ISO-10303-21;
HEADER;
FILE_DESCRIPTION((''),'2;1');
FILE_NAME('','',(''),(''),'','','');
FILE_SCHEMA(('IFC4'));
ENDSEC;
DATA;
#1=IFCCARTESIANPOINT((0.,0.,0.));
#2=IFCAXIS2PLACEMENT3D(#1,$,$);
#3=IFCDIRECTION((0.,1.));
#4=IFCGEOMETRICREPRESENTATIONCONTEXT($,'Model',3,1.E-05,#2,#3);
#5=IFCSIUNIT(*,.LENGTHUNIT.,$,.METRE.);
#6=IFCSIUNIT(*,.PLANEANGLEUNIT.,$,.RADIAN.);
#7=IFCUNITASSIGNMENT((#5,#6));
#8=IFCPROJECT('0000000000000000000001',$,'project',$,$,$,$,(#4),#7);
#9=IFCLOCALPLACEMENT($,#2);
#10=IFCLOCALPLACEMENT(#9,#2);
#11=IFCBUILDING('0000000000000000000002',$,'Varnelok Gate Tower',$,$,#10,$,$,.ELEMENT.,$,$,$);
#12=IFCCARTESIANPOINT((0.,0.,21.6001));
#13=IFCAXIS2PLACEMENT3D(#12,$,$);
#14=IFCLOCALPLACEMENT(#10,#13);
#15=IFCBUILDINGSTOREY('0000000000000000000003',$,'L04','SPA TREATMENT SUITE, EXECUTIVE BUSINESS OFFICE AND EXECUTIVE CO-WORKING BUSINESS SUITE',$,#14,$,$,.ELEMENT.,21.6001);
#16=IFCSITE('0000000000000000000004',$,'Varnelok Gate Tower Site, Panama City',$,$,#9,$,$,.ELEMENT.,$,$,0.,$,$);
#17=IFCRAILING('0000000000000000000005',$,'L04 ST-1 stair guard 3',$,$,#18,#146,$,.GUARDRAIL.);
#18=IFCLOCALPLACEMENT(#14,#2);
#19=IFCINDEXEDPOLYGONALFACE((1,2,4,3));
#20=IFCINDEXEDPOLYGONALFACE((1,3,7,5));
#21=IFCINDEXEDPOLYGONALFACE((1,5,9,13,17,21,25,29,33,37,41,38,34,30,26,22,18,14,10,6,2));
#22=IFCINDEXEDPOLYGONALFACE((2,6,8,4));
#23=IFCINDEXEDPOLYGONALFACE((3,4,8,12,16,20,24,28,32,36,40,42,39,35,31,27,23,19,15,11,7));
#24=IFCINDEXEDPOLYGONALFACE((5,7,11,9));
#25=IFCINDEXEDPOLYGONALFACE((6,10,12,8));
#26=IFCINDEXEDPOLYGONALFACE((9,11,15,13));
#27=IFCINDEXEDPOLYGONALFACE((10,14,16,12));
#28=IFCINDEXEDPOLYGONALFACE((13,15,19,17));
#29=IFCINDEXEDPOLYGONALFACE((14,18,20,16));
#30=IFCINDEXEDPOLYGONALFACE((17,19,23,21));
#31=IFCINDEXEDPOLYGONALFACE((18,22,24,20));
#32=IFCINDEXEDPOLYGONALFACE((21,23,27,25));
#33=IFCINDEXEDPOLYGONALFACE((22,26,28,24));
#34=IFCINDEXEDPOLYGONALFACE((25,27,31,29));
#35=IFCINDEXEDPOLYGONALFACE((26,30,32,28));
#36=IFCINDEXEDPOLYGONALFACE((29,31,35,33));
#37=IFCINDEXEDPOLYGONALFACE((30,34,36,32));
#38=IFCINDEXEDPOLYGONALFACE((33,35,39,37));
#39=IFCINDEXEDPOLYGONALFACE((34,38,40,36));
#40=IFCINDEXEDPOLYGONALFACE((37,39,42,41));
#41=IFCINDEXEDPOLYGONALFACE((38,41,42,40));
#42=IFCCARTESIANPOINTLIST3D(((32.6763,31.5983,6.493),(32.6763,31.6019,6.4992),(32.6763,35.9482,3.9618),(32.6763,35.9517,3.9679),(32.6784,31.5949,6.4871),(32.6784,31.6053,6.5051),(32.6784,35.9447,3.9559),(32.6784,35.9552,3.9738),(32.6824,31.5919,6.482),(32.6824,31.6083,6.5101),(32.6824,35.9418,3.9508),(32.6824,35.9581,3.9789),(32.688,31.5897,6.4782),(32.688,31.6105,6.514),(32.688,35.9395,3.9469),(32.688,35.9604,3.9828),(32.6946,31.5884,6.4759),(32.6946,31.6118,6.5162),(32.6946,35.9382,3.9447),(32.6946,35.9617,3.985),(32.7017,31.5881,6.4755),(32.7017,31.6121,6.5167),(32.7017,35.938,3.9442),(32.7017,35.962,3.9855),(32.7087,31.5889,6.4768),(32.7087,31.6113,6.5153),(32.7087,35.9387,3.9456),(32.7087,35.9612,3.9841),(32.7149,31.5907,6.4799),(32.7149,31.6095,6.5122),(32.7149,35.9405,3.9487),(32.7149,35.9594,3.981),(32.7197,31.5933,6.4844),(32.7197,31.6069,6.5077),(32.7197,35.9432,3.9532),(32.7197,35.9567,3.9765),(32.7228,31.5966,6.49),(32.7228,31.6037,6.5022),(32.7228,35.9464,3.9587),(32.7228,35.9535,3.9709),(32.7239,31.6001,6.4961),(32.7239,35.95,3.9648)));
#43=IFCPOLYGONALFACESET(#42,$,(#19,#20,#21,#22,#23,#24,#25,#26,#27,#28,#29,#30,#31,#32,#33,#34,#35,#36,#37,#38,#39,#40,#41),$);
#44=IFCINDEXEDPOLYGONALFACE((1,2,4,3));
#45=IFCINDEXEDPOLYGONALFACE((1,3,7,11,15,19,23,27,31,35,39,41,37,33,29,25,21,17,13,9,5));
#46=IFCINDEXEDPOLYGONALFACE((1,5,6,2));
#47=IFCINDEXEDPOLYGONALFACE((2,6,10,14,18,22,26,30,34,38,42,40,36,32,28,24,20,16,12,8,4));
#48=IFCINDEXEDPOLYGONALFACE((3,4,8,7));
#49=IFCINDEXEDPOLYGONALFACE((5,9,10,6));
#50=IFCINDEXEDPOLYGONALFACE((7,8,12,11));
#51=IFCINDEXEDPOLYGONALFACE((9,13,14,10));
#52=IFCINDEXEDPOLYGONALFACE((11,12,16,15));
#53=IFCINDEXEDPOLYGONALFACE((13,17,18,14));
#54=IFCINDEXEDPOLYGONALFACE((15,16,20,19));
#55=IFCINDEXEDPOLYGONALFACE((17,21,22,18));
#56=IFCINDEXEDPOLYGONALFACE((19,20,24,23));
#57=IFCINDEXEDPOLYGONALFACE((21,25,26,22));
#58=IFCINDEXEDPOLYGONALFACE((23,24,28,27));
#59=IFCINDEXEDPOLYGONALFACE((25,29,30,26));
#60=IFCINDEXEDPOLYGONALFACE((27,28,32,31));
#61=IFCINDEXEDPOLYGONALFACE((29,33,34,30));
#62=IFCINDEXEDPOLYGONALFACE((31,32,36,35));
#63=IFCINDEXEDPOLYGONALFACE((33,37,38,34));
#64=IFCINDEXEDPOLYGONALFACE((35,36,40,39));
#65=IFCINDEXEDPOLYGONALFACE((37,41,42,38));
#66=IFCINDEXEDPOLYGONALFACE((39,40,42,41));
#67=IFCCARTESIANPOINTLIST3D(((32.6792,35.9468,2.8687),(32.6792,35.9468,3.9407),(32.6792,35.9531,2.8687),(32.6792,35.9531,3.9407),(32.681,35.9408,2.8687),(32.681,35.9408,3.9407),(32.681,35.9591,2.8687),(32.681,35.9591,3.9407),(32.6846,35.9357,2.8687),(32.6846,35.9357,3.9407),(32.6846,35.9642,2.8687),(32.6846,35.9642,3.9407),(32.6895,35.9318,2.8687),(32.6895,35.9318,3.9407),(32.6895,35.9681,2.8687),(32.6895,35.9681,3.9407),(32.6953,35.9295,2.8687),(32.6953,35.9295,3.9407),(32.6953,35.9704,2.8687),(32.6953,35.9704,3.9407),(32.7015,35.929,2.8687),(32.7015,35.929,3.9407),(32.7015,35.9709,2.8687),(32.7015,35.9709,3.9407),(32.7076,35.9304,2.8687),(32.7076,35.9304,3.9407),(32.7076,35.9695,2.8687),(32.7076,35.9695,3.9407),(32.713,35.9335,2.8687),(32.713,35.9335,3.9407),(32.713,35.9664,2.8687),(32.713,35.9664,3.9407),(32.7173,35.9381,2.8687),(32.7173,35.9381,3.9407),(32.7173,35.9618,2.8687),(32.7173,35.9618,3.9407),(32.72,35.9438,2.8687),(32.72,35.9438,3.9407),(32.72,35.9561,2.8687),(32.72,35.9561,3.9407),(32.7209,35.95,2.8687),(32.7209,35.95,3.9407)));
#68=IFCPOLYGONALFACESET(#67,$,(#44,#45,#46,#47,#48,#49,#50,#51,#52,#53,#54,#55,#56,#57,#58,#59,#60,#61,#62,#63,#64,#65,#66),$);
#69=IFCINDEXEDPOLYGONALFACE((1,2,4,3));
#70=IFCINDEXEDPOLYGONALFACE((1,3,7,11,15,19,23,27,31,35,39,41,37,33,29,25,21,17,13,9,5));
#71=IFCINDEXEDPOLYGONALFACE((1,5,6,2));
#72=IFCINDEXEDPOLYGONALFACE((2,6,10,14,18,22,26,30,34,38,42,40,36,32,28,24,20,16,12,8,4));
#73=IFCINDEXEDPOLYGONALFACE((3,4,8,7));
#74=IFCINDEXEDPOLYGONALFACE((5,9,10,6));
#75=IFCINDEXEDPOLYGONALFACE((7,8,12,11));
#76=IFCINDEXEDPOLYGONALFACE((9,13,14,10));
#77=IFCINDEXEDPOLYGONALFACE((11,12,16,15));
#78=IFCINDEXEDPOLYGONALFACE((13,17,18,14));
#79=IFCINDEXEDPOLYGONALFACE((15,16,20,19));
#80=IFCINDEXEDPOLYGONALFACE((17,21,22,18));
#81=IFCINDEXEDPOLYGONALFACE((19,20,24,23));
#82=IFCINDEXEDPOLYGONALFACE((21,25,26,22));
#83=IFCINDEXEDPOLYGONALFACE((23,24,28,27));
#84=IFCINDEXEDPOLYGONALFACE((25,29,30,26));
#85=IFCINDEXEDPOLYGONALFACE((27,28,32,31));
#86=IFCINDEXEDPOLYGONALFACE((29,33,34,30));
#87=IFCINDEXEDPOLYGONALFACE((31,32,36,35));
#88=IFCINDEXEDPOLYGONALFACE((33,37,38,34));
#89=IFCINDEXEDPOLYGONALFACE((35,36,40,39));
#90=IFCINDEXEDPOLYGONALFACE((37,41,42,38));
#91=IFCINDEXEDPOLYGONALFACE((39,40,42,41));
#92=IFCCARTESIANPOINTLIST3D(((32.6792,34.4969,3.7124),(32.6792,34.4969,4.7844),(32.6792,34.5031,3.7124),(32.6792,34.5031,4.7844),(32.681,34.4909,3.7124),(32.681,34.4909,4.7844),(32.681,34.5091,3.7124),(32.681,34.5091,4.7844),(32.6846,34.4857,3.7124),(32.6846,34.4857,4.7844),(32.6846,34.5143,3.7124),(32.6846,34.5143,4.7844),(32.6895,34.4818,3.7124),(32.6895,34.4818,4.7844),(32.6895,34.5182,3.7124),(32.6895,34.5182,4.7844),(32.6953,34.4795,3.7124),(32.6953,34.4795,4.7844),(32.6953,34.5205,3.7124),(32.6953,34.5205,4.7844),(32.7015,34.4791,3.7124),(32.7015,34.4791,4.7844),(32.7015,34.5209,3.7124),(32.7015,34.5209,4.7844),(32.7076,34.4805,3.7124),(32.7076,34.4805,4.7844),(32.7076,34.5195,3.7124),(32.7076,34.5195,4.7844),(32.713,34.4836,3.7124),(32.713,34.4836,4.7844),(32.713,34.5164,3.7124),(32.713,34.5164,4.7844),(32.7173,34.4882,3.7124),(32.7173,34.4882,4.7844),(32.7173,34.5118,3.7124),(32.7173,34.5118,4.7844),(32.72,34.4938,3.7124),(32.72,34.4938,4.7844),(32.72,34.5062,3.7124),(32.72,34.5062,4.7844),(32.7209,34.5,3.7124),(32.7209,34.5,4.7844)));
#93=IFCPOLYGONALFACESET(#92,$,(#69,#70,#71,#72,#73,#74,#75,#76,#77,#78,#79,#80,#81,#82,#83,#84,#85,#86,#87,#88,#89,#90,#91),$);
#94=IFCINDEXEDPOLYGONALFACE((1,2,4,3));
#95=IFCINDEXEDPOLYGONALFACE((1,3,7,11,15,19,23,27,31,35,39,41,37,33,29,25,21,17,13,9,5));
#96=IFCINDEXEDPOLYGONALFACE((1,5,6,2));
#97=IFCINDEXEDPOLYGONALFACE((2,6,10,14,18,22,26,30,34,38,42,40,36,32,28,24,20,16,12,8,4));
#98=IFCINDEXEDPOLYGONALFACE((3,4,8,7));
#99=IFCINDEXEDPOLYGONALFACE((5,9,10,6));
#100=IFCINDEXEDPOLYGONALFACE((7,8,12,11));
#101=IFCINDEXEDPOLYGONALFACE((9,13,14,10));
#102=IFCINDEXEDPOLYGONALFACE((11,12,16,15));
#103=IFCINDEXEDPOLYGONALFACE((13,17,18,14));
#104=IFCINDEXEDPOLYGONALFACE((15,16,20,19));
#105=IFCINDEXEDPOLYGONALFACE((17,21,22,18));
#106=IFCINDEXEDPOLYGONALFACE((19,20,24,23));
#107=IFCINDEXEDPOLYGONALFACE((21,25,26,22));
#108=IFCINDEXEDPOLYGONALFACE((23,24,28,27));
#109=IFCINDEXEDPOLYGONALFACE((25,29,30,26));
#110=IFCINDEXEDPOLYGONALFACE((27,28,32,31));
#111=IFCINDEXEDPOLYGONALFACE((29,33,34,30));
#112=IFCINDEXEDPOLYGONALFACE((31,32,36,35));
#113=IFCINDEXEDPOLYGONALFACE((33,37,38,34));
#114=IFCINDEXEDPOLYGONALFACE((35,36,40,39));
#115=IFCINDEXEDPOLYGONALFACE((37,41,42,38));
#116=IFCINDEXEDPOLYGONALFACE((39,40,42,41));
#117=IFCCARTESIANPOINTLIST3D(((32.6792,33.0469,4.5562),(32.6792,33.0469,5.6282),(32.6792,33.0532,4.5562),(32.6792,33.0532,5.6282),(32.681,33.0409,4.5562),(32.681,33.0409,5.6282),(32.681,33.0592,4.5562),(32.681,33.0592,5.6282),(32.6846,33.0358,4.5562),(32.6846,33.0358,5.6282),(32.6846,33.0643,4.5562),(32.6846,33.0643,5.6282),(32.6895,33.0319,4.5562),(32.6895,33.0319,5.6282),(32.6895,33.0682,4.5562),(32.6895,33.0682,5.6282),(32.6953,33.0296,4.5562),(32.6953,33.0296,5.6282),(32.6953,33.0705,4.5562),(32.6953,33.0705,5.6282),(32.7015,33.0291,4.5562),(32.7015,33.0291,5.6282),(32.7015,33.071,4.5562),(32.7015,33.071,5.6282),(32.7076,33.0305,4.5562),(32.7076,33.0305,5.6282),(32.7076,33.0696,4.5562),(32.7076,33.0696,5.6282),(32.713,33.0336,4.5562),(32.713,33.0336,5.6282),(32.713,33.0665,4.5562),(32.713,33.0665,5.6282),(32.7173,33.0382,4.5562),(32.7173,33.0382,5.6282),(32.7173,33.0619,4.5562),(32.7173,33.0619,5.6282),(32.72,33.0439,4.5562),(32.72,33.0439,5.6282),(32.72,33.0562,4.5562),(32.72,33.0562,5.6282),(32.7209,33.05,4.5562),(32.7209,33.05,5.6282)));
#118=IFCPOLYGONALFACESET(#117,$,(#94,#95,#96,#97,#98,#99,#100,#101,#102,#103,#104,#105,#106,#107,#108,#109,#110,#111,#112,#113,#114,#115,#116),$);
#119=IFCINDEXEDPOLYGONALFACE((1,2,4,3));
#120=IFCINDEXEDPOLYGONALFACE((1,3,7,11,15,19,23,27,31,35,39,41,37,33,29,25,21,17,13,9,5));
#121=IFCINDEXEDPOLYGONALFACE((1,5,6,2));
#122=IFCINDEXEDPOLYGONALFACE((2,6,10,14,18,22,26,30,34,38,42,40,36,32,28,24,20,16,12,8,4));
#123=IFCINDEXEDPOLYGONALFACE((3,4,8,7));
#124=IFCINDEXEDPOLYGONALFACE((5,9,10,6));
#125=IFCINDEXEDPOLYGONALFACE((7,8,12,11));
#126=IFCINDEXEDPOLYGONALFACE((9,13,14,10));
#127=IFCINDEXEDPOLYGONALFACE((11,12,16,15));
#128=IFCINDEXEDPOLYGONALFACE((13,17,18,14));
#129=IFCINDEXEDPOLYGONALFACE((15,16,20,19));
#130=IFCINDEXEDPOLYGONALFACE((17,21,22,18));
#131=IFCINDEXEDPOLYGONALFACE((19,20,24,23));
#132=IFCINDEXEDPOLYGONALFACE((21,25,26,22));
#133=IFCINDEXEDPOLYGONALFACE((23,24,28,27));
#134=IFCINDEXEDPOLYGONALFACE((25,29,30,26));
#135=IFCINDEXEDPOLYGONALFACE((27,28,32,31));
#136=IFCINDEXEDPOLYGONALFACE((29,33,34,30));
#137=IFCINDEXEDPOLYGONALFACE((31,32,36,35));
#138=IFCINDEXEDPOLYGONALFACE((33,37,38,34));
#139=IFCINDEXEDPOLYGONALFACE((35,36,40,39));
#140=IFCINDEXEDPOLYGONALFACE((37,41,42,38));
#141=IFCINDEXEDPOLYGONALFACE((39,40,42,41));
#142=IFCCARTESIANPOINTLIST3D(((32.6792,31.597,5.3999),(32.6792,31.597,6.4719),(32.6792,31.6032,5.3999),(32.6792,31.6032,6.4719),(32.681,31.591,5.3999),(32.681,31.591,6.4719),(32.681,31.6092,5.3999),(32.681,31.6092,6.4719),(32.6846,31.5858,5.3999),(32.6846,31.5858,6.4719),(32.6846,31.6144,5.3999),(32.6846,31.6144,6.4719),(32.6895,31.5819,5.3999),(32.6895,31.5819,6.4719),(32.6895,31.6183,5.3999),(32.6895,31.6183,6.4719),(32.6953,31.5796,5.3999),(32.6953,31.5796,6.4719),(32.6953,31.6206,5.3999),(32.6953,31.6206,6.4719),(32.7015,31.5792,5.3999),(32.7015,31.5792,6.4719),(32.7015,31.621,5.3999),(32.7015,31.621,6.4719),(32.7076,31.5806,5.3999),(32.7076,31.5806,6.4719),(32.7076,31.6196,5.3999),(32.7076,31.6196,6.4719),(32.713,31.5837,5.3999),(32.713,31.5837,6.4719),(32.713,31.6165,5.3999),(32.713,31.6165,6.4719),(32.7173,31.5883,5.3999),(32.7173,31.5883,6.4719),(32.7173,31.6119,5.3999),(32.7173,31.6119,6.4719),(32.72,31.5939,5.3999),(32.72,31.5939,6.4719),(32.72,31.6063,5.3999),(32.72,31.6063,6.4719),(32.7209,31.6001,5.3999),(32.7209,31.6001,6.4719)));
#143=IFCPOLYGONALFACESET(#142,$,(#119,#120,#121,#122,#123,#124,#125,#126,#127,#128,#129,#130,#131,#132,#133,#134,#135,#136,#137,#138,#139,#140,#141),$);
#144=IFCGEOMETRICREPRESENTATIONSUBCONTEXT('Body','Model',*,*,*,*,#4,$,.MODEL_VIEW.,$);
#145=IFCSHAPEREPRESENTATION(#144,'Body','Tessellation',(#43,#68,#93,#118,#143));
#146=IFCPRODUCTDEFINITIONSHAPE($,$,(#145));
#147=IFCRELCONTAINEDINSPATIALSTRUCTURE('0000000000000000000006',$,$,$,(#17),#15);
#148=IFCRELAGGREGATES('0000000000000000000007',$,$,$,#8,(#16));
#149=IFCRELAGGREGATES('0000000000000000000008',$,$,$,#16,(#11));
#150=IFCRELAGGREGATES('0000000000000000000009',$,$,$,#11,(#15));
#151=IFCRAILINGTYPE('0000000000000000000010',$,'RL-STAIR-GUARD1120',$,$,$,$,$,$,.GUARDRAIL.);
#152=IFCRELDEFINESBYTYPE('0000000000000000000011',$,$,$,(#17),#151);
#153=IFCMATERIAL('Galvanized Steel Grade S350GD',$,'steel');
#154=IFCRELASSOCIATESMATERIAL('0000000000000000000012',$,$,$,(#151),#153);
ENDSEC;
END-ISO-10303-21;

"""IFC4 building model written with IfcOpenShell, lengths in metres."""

from ifc_helpers import new_model, si_unit, direction, frame, origin, origin_2d, place, context, subcontext, project, spatial, circle, extrude, material, type_object, element, save


model = new_model("IFC4")

# Units and contexts
model_context = context("Model", 3, precision=1e-05, world=origin(), true_north=direction((0.0, 1.0)))
body_context = subcontext(model_context, "Body", "Model", "MODEL_VIEW")
ifc_project = project(units=[si_unit("LENGTHUNIT", "METRE"), si_unit("PLANEANGLEUNIT", "RADIAN")], contexts=[model_context])

# Site, building, storey
site_placement = place(None, origin())
site = spatial("IfcSite", under=ifc_project, at=site_placement, Name="Varnelok Gate Tower Site, Panama City", CompositionType="ELEMENT", RefElevation=0.0)
building_placement = place(site_placement, origin())
building = spatial("IfcBuilding", under=site, at=building_placement, Name="Varnelok Gate Tower", CompositionType="ELEMENT")
storey_placement = place(building_placement, frame((0.0, 0.0, 21.6001)))
storey = spatial("IfcBuildingStorey", under=building, at=storey_placement, Name="L04", Description="SPA TREATMENT SUITE, EXECUTIVE BUSINESS OFFICE AND EXECUTIVE CO-WORKING BUSINESS SUITE", CompositionType="ELEMENT", Elevation=21.6001)

# Railing
ifc_material_1 = material(Name="Galvanized Steel Grade S350GD", Category="steel")
railing_type_1 = type_object("IfcRailingType", Name="RL-STAIR-GUARD1120", PredefinedType="GUARDRAIL", material=ifc_material_1)
railing_1_placement = place(storey_placement, frame((32.7, 35.95, 2.8687)))
element("IfcRailing", 1, at=railing_1_placement, inside=storey, type_object=railing_type_1, Name="L04 ST-1 stair guard 3", PredefinedType="GUARDRAIL", context=body_context, shape_type="SweptSolid", body=[
    extrude(circle(Radius=0.0239, at=origin_2d()), frame((0.0, 0.0, 1.0962), z_axis=(0.0, -0.864312, 0.502957), x_axis=(1.0, 0.0, 0.0)), (0.0, 0.0, 1.0), 5.0327),
    extrude(circle(Radius=0.021, at=origin_2d()), origin(), (0.0, 0.0, 1.0), 1.072),
    extrude(circle(Radius=0.021, at=origin_2d()), frame((0.0, -1.45, 0.8438)), (0.0, 0.0, 1.0), 1.072),
    extrude(circle(Radius=0.021, at=origin_2d()), frame((0.0, -2.8999, 1.6875)), (0.0, 0.0, 1.0), 1.072),
    extrude(circle(Radius=0.021, at=origin_2d()), frame((0.0, -4.3499, 2.5312)), (0.0, 0.0, 1.0), 1.072),
])

save(model, "model.ifc")
